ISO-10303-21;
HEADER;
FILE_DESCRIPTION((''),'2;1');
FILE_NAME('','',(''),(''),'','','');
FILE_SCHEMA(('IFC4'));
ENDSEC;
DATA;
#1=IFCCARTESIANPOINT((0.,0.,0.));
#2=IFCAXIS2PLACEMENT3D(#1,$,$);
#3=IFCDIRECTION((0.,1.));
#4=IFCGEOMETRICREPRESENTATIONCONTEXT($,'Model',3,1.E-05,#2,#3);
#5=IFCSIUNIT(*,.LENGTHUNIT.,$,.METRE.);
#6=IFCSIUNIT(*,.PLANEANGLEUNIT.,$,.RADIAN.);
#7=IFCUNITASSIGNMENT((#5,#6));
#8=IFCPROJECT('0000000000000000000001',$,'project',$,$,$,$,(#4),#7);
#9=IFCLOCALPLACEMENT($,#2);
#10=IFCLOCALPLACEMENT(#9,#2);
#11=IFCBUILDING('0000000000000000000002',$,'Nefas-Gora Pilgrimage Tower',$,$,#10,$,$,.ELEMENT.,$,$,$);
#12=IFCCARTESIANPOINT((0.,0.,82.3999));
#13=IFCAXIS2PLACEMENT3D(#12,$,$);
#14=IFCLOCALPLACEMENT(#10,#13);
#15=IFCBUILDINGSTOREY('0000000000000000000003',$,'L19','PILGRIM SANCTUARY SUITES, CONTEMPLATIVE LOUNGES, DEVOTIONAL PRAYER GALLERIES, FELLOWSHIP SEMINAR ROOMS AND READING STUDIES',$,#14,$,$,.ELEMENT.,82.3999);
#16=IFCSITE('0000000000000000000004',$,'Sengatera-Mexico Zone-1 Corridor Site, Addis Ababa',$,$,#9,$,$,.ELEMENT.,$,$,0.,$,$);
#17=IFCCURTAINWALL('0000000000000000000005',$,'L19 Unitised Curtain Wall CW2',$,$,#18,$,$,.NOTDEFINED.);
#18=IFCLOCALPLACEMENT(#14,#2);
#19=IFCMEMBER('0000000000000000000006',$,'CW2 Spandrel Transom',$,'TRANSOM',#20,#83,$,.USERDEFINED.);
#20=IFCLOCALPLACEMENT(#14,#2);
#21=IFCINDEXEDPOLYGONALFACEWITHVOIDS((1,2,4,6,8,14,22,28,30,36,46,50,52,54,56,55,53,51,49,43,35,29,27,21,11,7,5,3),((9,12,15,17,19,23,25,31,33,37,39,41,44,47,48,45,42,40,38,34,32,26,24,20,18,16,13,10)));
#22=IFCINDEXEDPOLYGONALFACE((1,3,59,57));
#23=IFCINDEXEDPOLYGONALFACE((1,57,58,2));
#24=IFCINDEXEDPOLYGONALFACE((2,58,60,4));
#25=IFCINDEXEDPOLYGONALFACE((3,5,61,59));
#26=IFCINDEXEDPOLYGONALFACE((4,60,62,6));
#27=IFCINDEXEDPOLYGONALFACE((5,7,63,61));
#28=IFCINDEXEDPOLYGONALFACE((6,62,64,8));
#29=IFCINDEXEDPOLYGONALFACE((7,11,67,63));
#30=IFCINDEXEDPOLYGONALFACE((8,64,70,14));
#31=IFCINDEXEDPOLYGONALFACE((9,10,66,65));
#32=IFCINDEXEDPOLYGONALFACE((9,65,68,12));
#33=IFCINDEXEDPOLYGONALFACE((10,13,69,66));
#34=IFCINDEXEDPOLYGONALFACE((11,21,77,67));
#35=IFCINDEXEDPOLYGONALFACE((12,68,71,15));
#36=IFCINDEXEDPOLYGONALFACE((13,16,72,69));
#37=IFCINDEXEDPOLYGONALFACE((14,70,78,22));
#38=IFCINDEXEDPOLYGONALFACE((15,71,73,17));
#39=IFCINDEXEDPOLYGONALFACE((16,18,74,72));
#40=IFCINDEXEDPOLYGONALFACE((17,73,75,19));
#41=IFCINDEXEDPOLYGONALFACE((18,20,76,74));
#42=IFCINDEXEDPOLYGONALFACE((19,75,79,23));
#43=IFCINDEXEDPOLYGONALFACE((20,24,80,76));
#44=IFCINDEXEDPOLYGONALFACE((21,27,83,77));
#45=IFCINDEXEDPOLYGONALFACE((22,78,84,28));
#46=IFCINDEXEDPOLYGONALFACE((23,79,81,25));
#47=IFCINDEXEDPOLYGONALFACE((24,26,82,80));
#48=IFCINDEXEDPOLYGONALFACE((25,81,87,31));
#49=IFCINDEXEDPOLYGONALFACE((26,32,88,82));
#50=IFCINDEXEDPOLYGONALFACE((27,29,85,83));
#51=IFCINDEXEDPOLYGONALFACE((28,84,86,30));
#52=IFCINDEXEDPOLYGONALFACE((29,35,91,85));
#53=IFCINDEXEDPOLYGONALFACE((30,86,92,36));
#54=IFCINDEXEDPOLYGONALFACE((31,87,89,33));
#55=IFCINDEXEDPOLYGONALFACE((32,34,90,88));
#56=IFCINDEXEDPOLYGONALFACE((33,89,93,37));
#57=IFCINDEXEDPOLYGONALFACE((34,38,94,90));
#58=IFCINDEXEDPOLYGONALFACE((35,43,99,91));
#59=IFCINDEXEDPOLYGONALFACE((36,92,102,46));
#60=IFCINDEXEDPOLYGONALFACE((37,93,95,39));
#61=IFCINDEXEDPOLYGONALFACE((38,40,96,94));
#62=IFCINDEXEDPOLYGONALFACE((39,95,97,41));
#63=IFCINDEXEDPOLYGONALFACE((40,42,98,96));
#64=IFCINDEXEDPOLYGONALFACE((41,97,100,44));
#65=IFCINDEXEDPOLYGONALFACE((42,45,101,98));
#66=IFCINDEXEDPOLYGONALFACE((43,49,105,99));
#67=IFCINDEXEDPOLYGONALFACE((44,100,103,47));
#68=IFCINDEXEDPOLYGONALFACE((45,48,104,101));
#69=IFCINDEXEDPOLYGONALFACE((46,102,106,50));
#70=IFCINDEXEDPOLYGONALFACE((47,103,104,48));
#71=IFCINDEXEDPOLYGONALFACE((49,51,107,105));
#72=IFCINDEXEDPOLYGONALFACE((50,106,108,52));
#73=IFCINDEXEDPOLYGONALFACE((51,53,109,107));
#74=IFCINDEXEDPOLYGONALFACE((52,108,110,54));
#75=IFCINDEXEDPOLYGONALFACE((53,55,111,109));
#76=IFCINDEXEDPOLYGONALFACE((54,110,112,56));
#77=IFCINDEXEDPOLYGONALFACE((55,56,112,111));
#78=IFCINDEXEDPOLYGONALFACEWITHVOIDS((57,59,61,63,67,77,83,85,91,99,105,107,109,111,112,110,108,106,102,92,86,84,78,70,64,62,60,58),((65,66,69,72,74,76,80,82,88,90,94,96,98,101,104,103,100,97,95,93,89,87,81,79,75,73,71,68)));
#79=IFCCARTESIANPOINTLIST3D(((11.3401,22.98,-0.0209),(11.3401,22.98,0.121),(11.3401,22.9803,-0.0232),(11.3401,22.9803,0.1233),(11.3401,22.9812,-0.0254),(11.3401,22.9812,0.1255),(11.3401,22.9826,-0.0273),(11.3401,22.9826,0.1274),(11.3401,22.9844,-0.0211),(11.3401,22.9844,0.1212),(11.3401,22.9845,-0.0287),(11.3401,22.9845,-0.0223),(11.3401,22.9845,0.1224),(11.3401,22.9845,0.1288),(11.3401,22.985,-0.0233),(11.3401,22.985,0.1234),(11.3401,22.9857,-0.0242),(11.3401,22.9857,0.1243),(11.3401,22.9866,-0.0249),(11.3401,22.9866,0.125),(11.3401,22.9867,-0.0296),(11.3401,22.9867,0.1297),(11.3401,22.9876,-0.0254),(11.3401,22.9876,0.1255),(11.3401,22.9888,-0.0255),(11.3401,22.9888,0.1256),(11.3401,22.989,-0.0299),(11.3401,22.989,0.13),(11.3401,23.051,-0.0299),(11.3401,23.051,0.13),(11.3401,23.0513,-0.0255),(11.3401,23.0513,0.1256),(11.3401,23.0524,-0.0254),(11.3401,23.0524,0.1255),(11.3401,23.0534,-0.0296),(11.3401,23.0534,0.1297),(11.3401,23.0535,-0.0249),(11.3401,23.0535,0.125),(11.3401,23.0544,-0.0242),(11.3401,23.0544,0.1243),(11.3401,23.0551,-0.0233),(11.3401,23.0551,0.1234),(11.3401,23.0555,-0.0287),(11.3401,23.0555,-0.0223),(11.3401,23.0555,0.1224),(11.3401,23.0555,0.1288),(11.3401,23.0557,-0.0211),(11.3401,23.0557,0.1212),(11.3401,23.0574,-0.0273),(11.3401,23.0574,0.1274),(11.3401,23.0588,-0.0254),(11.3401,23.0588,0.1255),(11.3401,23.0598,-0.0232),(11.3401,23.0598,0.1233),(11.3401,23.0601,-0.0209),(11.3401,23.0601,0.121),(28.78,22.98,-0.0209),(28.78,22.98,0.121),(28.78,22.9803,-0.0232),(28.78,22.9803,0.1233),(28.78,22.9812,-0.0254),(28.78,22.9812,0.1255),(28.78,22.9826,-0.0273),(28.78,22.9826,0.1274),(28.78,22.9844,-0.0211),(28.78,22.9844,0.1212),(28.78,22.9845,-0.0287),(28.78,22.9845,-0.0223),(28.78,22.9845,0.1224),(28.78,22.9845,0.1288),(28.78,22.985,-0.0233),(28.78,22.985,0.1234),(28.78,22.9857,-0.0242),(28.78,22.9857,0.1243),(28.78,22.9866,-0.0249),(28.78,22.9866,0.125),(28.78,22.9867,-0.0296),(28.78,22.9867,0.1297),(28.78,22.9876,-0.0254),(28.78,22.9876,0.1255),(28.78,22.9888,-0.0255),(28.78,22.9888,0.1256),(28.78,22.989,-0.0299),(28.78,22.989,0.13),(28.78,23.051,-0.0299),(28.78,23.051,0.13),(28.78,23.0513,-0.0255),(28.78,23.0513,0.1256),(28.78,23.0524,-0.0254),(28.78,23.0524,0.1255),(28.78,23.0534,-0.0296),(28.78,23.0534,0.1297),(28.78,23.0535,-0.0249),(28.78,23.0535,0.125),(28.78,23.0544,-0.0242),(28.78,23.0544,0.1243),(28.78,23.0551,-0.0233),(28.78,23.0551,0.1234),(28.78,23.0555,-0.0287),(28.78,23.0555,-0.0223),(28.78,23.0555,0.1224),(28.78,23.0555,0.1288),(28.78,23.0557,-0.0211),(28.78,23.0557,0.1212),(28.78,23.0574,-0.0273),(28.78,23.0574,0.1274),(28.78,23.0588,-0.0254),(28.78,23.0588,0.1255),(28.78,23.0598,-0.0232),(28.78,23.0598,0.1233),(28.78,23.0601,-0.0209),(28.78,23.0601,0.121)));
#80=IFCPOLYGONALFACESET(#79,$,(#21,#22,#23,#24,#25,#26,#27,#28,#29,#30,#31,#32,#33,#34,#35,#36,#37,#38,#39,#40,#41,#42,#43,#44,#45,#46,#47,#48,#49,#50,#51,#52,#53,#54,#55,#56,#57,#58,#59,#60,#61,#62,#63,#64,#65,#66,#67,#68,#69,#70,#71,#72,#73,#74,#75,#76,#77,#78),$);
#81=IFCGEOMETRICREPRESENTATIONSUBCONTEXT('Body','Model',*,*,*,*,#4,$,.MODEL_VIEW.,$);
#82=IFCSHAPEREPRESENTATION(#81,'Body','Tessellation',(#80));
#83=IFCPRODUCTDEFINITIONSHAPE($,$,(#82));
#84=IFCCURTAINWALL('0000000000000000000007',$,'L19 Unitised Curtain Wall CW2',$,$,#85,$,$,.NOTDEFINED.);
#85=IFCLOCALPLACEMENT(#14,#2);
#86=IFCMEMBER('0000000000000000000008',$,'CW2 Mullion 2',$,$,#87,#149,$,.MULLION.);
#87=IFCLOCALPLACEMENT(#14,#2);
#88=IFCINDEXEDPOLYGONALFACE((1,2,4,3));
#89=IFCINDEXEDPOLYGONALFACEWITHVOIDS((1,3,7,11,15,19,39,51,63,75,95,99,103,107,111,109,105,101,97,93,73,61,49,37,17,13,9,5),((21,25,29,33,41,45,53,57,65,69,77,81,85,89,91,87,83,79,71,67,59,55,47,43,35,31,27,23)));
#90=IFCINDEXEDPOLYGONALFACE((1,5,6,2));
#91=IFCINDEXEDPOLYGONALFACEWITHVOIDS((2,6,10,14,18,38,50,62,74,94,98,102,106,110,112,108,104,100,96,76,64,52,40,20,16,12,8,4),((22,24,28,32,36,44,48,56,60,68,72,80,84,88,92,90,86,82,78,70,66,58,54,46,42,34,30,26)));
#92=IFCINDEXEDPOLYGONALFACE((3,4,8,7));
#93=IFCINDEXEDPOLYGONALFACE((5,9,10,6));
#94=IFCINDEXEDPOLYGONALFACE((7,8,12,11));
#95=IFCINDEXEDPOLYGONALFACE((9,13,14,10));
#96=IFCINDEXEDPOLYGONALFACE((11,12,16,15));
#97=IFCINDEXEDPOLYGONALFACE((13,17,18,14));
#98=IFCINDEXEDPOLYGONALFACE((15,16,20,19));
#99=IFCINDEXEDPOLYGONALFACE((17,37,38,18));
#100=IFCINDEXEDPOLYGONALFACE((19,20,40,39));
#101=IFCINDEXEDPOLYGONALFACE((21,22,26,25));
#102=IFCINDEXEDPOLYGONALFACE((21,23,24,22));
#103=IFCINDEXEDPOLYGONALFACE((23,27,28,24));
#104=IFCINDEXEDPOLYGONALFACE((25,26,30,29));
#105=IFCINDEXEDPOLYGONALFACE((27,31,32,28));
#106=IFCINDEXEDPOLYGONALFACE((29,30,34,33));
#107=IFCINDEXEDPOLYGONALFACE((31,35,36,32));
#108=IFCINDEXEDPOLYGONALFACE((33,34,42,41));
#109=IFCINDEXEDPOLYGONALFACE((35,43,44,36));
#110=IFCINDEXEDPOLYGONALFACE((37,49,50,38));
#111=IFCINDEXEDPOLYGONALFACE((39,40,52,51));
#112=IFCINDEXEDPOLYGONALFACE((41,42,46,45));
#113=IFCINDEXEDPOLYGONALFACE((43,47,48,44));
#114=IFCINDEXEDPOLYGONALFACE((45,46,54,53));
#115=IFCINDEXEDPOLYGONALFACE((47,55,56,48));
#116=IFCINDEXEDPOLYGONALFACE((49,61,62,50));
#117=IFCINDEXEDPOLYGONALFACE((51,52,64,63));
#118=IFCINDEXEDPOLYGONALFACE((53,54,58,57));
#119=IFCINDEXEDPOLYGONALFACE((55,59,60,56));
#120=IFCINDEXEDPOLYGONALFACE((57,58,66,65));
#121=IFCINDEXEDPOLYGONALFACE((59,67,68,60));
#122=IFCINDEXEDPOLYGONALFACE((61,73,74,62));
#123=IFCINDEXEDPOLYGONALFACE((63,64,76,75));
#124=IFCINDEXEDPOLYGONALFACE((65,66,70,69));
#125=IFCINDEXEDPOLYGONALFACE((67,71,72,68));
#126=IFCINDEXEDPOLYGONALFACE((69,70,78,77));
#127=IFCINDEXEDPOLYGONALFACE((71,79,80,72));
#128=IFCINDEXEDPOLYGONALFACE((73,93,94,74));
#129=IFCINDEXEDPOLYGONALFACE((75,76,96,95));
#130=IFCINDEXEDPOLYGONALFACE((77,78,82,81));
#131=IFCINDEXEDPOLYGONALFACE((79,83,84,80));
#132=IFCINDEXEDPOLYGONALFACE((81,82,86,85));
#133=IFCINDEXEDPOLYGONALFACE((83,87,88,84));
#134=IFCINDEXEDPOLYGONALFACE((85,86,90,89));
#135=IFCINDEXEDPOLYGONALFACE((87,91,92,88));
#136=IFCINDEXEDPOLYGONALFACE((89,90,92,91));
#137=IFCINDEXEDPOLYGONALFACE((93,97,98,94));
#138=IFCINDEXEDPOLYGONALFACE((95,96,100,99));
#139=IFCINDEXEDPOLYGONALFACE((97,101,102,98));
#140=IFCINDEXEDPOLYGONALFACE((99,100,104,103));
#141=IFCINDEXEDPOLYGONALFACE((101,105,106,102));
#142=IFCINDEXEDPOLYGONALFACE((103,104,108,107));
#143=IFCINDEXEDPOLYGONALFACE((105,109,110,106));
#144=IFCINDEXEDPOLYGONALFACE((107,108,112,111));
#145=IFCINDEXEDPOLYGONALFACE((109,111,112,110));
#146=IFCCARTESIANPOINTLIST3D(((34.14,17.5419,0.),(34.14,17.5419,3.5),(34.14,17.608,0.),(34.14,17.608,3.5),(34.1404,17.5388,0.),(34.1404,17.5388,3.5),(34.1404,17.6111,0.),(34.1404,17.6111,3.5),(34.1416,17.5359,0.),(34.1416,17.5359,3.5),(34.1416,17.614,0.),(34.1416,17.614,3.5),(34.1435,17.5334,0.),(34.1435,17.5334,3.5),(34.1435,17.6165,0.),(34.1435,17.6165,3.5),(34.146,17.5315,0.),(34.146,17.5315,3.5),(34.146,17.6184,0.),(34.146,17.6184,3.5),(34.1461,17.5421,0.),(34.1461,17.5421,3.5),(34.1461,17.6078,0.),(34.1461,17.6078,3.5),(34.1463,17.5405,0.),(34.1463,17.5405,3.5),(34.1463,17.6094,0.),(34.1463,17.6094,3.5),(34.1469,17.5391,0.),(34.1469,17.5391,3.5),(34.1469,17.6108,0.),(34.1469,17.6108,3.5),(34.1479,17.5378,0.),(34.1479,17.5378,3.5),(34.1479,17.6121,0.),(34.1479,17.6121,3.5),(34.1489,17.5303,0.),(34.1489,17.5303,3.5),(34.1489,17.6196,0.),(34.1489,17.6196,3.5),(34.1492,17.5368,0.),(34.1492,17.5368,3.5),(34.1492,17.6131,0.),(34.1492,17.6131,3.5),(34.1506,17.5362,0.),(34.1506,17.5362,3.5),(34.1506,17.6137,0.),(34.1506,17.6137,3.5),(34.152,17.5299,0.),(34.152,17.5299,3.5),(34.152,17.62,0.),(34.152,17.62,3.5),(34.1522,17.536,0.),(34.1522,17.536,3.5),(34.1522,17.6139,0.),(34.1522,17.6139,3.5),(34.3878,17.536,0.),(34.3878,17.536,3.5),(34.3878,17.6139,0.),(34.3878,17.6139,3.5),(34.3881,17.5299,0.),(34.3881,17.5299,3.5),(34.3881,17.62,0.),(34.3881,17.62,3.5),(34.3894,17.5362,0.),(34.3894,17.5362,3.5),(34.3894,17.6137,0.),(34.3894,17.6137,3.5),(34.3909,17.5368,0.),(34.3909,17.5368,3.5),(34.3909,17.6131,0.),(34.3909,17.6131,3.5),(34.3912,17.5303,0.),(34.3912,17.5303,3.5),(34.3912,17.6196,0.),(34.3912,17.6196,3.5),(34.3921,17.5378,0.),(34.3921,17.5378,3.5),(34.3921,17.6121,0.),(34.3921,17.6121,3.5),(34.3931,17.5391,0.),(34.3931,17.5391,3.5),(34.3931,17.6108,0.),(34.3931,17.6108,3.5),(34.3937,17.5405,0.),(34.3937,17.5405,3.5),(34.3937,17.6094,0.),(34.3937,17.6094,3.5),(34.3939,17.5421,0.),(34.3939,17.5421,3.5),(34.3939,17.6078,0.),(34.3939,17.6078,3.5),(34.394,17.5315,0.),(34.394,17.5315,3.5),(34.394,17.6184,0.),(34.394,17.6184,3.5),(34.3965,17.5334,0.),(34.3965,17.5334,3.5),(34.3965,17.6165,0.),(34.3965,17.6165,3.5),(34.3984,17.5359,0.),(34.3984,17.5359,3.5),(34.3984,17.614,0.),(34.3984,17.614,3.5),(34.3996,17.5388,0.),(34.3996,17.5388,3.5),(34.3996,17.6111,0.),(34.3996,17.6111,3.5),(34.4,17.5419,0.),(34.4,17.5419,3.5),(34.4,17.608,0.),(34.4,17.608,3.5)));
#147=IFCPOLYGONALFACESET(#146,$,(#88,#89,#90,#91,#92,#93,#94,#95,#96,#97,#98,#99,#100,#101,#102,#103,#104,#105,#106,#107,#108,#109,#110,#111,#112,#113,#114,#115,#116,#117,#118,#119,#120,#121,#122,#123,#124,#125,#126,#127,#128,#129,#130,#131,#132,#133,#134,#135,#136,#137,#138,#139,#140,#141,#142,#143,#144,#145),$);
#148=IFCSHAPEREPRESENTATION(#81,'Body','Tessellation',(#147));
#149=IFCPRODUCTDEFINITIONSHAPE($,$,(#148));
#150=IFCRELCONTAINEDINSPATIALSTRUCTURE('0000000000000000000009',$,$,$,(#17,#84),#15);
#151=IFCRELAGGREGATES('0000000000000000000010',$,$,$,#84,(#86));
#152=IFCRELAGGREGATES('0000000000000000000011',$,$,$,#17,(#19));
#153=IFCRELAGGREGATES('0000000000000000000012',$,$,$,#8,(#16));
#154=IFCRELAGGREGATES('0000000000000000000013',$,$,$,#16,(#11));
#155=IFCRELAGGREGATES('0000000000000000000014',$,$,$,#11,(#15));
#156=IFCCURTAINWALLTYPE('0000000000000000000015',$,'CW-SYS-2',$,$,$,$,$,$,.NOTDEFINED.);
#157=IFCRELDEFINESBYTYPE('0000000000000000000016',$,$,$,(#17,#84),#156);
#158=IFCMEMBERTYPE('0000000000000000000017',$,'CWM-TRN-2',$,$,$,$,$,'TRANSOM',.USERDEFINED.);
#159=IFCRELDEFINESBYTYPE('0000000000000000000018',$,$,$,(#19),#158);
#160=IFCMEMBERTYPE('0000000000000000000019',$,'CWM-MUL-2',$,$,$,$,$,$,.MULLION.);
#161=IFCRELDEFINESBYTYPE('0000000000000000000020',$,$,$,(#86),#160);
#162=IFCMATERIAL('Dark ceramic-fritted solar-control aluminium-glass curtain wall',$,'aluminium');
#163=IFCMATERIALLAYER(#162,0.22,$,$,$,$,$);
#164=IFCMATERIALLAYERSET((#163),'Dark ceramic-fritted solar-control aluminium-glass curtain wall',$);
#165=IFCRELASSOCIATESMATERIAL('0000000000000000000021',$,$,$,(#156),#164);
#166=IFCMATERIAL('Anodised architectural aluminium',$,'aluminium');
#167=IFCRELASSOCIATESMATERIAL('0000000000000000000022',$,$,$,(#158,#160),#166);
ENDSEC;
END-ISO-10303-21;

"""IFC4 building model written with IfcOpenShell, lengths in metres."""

from ifc_helpers import new_model, si_unit, direction, frame, origin, origin_2d, place, context, subcontext, project, spatial, hollow_rectangle, extrude, source, transform, mapped, material, layer, layer_set, material_profile, profile_set, type_object, element, aggregate, save


model = new_model("IFC4")

# Units and contexts
model_context = context("Model", 3, precision=1e-05, world=origin(), true_north=direction((0.0, 1.0)))
body_context = subcontext(model_context, "Body", "Model", "MODEL_VIEW")
ifc_project = project(units=[si_unit("LENGTHUNIT", "METRE"), si_unit("PLANEANGLEUNIT", "RADIAN")], contexts=[model_context])

# Site, building, storey
site_placement = place(None, origin())
site = spatial("IfcSite", under=ifc_project, at=site_placement, Name="Sengatera-Mexico Zone-1 Corridor Site, Addis Ababa", CompositionType="ELEMENT", RefElevation=0.0)
building_placement = place(site_placement, origin())
building = spatial("IfcBuilding", under=site, at=building_placement, Name="Nefas-Gora Pilgrimage Tower", CompositionType="ELEMENT")
storey_placement = place(building_placement, frame((0.0, 0.0, 82.3999)))
storey = spatial("IfcBuildingStorey", under=building, at=storey_placement, Name="L19", Description="PILGRIM SANCTUARY SUITES, CONTEMPLATIVE LOUNGES, DEVOTIONAL PRAYER GALLERIES, FELLOWSHIP SEMINAR ROOMS AND READING STUDIES", CompositionType="ELEMENT", Elevation=82.3999)

# Curtain walls, members
ifc_material_1 = material(Name="Dark ceramic-fritted solar-control aluminium-glass curtain wall", Category="aluminium")
ifc_layer_1 = layer(ifc_material_1, 0.22)
ifc_layer_set_1 = layer_set([ifc_layer_1], Name="Dark ceramic-fritted solar-control aluminium-glass curtain wall")
curtain_wall_type = type_object("IfcCurtainWallType", Name="CW-SYS-2", PredefinedType="NOTDEFINED", material=ifc_layer_set_1)
curtain_wall_1_placement = place(storey_placement, origin())
curtain_wall_1 = element("IfcCurtainWall", 1, at=curtain_wall_1_placement, inside=storey, type_object=curtain_wall_type, Name="L19 Unitised Curtain Wall CW2", PredefinedType="NOTDEFINED")
ifc_material_2 = material(Name="Anodised architectural aluminium", Category="aluminium")
ifc_material_profile_1 = material_profile(ifc_material_2, hollow_rectangle(XDim=0.0801, YDim=0.1599, WallThickness=0.0044, InnerFilletRadius=0.0044, OuterFilletRadius=0.009, at=origin_2d()), Name="ALU TRANSOM 80x160")
ifc_profile_set_1 = profile_set([ifc_material_profile_1], Name="Anodised architectural aluminium")
member_type_1 = type_object("IfcMemberType", Name="CWM-TRN-2", ElementType="TRANSOM", PredefinedType="USERDEFINED", material=ifc_profile_set_1)
shared_shape_1 = source(origin(), body_context, "Body", "SweptSolid", [
    extrude(hollow_rectangle(XDim=0.0801, YDim=0.1599, WallThickness=0.0044, InnerFilletRadius=0.0044, OuterFilletRadius=0.009, at=origin_2d()), origin(), (0.0, 0.0, 1.0), 17.4399),
])
member_1_placement = place(storey_placement, frame((28.78, 23.02, 0.05), z_axis=(-1.0, 0.0, 0.0), x_axis=(0.0, -1.0, 0.0)))
member_1 = element("IfcMember", 2, at=member_1_placement, type_object=member_type_1, Name="CW2 Spandrel Transom", ObjectType="TRANSOM", PredefinedType="USERDEFINED", context=body_context, shape_type="MappedRepresentation", body=[
    mapped(shared_shape_1, transform((0.0, 0.0, 0.0), x_axis=(1.0, 0.0, 0.0), y_axis=(0.0, 1.0, 0.0), z_axis=(0.0, 0.0, 1.0), scale=1.0)),
])
curtain_wall_2_placement = place(storey_placement, origin())
curtain_wall_2 = element("IfcCurtainWall", 3, at=curtain_wall_2_placement, inside=storey, type_object=curtain_wall_type, Name="L19 Unitised Curtain Wall CW2", PredefinedType="NOTDEFINED")
ifc_material_profile_2 = material_profile(ifc_material_2, hollow_rectangle(XDim=0.0901, YDim=0.26, WallThickness=0.0061, InnerFilletRadius=0.0061, OuterFilletRadius=0.012, at=origin_2d()), Name="ALU MULLION 90x260")
ifc_profile_set_2 = profile_set([ifc_material_profile_2], Name="Anodised architectural aluminium")
member_type_2 = type_object("IfcMemberType", Name="CWM-MUL-2", PredefinedType="MULLION", material=ifc_profile_set_2)
shared_shape_2 = source(origin(), body_context, "Body", "SweptSolid", [
    extrude(hollow_rectangle(XDim=0.0901, YDim=0.26, WallThickness=0.0061, InnerFilletRadius=0.0061, OuterFilletRadius=0.012, at=origin_2d()), origin(), (0.0, 0.0, 1.0), 3.5),
])
member_2_placement = place(storey_placement, frame((34.27, 17.575, 0.0), z_axis=(0.0, 0.0, 1.0), x_axis=(0.0, 1.0, 0.0)))
member_2 = element("IfcMember", 4, at=member_2_placement, type_object=member_type_2, Name="CW2 Mullion 2", PredefinedType="MULLION", context=body_context, shape_type="MappedRepresentation", body=[
    mapped(shared_shape_2, transform((0.0, 0.0, 0.0), x_axis=(1.0, 0.0, 0.0), y_axis=(0.0, 1.0, 0.0), z_axis=(0.0, 0.0, 1.0), scale=1.0)),
])
aggregate(curtain_wall_2, [member_2])

aggregate(curtain_wall_1, [member_1])

save(model, "model.ifc")
